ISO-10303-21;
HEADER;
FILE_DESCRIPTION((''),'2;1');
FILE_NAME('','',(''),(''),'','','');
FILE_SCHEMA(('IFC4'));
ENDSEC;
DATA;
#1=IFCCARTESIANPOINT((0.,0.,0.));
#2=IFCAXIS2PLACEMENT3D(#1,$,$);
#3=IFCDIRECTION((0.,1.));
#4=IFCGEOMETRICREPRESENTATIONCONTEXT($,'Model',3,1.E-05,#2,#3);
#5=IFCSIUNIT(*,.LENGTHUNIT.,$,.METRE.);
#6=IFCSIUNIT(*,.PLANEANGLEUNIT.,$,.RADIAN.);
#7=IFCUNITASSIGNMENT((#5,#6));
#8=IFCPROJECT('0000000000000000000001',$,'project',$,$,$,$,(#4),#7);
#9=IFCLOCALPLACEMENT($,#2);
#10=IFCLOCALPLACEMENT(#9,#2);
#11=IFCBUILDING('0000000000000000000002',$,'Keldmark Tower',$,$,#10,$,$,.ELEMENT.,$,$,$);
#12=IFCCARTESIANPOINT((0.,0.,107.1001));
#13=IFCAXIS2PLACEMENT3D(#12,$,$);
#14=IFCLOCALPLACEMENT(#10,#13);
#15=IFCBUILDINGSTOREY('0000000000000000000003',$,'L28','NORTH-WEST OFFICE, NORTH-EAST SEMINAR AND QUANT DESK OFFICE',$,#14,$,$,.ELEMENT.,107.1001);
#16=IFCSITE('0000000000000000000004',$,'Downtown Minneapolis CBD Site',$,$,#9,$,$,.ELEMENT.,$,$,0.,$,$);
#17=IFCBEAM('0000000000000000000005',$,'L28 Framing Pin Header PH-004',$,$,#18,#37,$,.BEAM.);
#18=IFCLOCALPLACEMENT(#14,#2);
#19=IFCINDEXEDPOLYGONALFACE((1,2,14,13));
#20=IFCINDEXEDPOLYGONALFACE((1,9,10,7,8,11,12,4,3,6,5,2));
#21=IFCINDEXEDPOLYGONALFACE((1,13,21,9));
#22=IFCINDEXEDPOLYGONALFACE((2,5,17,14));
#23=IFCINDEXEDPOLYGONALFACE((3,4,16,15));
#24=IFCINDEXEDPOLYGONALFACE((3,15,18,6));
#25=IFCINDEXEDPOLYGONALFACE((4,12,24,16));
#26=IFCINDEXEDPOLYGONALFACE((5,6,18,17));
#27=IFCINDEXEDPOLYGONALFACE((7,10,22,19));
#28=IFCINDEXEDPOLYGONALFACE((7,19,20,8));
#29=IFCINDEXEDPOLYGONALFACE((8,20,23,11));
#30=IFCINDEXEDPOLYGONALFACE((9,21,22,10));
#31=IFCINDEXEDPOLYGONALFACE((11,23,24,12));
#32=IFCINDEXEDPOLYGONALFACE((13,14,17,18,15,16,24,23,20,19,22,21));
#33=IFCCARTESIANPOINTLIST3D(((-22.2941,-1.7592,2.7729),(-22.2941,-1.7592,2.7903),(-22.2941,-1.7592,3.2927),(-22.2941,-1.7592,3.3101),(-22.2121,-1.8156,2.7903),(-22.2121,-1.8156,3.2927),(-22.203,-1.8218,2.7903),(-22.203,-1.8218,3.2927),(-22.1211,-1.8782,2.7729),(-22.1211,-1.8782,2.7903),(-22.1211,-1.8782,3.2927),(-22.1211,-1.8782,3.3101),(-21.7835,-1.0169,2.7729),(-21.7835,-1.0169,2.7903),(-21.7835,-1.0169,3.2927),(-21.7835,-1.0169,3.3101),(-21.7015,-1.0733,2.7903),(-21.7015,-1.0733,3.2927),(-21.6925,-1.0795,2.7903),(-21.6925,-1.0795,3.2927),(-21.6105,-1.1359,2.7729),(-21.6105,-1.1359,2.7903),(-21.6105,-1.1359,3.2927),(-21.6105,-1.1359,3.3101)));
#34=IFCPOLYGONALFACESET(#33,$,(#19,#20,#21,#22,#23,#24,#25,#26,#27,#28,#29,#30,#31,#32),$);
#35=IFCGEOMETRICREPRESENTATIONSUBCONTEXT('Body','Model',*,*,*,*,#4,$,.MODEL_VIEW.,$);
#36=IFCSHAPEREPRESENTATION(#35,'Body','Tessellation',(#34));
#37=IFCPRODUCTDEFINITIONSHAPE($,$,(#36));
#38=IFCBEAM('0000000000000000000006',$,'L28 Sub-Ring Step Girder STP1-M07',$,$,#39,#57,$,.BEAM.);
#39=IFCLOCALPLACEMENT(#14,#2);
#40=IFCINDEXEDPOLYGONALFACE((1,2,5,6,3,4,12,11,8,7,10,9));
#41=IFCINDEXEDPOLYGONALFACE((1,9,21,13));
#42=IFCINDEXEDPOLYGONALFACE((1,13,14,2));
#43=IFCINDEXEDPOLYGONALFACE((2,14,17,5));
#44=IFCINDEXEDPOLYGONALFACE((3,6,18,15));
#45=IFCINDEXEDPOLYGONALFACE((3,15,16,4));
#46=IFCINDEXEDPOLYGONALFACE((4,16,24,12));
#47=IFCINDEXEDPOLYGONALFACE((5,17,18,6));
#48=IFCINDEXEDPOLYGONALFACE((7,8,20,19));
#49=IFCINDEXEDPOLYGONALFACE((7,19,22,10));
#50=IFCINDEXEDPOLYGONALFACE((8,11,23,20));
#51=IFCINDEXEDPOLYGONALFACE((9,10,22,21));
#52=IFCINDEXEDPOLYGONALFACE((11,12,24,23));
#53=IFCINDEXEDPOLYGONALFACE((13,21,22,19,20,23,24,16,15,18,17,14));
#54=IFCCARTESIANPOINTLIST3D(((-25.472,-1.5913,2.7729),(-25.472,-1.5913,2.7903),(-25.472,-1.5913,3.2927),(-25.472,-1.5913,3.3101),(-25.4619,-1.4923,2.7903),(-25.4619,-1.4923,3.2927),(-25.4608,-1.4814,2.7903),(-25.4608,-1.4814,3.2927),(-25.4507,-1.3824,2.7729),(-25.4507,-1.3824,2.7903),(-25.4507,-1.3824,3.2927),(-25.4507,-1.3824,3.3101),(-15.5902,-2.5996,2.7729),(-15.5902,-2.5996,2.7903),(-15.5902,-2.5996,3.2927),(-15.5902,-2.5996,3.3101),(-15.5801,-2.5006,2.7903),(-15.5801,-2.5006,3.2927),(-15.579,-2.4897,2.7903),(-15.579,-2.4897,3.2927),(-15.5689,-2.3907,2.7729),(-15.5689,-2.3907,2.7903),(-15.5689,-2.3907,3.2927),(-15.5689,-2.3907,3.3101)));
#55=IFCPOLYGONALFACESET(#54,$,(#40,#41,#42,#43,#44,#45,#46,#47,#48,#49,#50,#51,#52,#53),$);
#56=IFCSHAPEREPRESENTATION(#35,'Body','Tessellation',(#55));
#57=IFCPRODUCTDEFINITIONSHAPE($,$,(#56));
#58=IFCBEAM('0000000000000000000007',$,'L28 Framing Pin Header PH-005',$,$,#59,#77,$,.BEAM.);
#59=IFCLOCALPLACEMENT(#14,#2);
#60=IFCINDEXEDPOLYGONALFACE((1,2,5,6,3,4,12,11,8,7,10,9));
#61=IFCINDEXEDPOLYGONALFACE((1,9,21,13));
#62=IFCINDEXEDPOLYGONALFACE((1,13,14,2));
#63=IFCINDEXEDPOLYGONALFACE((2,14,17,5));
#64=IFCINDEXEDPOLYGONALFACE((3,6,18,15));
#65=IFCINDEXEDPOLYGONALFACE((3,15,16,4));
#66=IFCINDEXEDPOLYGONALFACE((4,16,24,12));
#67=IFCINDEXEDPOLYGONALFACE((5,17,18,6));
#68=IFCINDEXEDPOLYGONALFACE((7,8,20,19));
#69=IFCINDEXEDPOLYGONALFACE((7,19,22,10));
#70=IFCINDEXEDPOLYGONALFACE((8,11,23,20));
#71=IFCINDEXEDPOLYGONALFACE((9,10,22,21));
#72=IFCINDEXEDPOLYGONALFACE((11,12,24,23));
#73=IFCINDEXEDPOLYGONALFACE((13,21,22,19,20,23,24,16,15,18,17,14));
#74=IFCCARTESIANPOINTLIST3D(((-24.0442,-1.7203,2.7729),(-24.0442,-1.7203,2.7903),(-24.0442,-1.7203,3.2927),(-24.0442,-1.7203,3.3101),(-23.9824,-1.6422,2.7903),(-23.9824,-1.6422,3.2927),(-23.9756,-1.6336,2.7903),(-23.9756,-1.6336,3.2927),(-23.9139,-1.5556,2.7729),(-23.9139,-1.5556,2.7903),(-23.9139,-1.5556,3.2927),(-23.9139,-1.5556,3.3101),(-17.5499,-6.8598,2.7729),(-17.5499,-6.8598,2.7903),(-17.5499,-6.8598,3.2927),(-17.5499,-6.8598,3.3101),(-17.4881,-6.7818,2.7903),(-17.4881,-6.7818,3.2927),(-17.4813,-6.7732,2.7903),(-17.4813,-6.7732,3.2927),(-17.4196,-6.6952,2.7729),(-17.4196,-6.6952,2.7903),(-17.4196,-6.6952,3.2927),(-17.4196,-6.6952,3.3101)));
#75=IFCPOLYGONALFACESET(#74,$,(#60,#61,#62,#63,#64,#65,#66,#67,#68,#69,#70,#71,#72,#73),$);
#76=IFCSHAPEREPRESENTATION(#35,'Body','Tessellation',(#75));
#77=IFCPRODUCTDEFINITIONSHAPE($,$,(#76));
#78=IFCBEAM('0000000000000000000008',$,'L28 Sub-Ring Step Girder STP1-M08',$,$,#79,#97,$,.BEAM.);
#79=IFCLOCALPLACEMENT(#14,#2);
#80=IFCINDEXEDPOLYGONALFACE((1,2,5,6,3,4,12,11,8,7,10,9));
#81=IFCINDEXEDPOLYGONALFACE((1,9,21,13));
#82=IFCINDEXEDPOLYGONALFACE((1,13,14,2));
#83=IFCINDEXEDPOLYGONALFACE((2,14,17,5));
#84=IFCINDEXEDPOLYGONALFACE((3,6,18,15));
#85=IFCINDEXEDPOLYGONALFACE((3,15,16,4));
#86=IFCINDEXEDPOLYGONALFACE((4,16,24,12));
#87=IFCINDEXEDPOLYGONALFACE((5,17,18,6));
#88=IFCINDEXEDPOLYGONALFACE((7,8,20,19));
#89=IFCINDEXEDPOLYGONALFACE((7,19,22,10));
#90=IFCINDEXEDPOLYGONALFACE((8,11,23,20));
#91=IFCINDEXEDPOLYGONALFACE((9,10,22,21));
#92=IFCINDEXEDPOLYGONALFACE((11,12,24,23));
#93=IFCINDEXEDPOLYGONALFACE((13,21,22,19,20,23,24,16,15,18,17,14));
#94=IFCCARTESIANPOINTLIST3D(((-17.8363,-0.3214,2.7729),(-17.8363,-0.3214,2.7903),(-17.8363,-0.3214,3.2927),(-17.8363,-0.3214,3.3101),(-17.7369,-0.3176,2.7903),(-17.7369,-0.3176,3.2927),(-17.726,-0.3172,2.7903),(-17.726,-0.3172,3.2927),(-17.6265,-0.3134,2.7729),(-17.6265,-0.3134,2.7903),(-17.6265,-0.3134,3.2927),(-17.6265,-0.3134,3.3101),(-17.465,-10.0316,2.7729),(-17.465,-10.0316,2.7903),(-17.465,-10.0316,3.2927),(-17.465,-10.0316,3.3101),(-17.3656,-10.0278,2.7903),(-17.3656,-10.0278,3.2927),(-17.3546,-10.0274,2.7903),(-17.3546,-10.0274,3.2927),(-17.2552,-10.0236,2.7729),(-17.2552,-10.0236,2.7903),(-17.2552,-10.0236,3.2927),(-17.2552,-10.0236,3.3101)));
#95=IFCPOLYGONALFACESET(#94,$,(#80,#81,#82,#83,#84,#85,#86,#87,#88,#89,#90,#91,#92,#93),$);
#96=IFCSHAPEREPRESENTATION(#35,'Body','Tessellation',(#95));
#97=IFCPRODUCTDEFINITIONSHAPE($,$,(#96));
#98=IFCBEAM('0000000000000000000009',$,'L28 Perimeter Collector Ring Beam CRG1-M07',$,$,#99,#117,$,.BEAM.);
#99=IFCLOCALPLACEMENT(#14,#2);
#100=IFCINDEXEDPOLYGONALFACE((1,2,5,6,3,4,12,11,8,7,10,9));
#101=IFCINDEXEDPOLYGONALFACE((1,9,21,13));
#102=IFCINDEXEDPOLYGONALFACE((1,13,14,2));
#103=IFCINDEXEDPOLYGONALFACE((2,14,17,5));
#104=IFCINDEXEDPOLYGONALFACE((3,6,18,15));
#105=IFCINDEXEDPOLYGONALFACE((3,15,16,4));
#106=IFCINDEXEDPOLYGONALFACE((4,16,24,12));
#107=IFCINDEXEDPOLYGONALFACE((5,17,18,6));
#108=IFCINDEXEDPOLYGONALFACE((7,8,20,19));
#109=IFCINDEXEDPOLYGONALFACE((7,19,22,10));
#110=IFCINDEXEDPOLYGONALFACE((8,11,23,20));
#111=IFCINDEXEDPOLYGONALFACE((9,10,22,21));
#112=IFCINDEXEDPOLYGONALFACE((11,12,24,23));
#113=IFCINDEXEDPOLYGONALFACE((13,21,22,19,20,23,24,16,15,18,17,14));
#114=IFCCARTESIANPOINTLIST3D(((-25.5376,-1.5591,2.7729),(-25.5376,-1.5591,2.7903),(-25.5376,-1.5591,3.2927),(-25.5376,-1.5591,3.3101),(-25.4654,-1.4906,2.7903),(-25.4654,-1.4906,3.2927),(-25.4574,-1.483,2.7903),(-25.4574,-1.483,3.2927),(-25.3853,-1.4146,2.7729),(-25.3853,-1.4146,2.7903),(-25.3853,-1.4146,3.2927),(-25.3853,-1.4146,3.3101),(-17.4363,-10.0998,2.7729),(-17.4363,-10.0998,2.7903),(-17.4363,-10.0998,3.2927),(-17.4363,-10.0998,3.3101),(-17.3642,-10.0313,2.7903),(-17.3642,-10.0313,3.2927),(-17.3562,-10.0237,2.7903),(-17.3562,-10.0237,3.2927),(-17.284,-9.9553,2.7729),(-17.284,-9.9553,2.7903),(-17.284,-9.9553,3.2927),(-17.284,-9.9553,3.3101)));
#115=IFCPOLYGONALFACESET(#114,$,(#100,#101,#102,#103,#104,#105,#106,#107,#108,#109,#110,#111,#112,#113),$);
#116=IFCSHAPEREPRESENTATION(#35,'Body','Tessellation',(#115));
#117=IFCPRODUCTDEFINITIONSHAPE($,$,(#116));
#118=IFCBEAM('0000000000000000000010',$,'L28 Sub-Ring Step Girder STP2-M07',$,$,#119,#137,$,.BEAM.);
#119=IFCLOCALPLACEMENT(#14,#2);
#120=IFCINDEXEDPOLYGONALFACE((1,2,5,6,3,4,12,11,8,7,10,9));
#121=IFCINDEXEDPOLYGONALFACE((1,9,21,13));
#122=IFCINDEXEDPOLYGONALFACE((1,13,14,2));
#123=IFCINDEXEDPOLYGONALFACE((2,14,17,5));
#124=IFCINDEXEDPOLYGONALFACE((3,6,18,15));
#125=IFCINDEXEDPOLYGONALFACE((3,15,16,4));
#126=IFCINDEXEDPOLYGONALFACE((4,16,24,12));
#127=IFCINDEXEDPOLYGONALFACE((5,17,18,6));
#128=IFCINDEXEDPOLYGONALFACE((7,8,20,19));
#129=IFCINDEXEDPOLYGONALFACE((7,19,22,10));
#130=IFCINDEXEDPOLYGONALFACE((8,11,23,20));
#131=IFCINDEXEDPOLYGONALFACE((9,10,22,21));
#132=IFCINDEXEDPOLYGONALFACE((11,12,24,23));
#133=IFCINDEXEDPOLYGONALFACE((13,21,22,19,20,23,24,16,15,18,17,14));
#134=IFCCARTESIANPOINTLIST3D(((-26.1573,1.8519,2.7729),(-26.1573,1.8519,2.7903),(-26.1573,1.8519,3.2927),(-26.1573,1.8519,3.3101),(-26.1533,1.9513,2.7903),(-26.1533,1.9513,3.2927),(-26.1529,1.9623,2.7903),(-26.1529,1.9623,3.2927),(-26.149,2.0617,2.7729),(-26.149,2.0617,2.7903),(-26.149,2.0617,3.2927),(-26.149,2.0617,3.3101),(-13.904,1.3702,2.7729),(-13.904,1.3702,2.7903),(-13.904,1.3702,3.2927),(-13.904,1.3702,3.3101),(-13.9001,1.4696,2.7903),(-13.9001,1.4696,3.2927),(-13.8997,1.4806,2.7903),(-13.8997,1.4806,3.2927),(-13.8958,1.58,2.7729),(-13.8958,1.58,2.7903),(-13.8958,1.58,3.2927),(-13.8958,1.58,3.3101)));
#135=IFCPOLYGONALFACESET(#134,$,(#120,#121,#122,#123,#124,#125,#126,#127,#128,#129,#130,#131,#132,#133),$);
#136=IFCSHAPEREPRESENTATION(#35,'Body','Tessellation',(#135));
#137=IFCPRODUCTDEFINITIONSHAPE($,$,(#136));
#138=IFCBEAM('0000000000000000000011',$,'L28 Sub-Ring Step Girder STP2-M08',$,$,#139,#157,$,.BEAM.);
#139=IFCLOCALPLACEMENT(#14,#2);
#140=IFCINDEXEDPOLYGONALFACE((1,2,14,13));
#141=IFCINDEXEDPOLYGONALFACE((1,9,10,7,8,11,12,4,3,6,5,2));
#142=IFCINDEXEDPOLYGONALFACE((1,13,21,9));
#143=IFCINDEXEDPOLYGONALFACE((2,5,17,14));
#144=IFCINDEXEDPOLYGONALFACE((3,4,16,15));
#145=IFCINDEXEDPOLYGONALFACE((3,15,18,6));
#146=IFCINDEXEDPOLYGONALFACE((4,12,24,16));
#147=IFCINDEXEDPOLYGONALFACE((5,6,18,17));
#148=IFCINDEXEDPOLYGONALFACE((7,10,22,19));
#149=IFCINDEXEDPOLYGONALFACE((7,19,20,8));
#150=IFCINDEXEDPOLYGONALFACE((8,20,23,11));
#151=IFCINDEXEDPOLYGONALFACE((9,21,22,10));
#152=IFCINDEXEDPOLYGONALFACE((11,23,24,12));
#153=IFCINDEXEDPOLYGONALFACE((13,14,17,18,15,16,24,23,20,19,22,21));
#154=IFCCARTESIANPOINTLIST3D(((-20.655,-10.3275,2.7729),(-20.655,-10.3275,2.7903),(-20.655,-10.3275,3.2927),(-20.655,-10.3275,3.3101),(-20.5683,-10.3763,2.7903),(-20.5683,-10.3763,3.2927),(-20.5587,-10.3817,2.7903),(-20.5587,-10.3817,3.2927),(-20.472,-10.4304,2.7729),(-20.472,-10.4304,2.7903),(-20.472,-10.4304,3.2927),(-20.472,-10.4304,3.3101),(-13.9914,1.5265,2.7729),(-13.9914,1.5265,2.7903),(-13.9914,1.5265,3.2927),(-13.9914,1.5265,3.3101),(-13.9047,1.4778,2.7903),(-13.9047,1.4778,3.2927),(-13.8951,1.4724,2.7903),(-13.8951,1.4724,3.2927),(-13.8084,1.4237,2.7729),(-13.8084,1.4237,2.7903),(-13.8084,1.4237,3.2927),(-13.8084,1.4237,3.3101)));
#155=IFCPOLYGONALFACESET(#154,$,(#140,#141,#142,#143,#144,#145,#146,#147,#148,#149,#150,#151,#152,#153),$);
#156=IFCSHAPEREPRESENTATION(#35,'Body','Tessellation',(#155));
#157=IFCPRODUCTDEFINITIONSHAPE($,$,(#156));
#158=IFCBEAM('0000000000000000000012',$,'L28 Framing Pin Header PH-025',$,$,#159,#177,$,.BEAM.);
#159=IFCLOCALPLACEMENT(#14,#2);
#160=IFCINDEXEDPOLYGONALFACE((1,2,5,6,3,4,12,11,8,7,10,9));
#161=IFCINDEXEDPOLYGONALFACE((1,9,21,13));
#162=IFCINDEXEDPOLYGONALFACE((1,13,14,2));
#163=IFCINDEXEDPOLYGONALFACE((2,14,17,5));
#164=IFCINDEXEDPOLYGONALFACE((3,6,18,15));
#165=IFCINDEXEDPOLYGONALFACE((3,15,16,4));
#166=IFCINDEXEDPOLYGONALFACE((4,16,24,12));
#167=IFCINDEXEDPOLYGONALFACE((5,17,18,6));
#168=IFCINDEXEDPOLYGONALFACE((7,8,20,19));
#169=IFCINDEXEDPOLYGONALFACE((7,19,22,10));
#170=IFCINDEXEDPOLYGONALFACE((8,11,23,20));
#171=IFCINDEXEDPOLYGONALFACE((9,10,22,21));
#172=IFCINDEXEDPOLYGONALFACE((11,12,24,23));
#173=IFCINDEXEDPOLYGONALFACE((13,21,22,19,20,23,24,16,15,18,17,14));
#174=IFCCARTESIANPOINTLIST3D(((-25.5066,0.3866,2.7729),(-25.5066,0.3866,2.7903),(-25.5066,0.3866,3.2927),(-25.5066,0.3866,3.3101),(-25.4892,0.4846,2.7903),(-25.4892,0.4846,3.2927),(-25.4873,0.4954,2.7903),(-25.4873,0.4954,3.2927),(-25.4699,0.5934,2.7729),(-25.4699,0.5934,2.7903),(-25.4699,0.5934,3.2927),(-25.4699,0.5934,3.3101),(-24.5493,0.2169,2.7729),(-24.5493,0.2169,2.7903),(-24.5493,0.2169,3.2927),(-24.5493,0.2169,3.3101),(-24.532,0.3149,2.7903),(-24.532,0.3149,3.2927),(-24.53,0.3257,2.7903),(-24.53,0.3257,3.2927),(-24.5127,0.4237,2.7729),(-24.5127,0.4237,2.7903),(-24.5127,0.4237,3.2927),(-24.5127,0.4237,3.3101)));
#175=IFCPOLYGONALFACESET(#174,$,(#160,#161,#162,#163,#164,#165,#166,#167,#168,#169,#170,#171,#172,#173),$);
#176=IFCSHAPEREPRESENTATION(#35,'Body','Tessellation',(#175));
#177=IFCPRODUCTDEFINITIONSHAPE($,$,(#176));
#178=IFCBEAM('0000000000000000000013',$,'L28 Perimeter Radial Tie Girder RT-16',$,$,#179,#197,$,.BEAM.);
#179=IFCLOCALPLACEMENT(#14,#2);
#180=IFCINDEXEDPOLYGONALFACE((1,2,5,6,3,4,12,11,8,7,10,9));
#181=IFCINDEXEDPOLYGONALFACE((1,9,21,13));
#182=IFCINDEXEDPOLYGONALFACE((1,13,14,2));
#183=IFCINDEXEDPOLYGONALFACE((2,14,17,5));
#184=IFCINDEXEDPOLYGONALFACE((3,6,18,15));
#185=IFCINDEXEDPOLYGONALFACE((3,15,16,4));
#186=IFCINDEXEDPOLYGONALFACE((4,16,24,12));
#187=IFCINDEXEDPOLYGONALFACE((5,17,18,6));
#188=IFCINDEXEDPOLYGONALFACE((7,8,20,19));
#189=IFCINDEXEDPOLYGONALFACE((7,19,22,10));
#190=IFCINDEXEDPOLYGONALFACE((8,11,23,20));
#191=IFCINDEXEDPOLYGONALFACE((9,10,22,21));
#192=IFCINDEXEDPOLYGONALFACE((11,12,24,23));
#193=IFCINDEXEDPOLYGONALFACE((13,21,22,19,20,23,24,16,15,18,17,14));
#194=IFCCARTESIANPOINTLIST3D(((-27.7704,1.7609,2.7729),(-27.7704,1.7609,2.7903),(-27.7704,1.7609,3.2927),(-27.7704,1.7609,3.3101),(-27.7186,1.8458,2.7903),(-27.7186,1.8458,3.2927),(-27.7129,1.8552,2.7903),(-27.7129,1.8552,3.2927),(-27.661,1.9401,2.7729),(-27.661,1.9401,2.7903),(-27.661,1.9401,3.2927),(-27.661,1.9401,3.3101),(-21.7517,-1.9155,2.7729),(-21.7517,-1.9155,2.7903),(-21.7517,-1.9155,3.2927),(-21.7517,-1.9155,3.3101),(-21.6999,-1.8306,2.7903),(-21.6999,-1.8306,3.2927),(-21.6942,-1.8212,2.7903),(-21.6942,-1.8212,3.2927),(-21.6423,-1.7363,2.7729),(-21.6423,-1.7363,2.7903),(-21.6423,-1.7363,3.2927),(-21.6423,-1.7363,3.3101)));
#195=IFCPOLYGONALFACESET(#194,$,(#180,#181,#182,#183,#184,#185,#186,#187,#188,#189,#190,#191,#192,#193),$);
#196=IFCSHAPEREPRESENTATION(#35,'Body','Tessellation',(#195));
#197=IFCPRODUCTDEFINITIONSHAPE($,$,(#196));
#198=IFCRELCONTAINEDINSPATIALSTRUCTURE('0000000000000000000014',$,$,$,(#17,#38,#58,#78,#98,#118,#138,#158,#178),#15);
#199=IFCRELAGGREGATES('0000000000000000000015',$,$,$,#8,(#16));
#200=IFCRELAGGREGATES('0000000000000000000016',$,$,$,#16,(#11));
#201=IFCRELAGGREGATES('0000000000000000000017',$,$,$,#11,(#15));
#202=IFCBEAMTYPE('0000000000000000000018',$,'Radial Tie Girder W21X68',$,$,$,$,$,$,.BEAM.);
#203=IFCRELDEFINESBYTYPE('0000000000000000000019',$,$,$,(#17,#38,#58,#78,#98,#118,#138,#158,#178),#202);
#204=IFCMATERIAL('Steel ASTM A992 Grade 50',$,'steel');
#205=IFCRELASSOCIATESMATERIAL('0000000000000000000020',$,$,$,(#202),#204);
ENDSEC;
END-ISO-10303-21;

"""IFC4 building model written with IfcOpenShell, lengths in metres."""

from ifc_helpers import new_model, si_unit, direction, frame, origin, origin_2d, place, context, subcontext, project, spatial, i_section, extrude, material, material_profile, profile_set, type_object, element, save


model = new_model("IFC4")

# Units and contexts
model_context = context("Model", 3, precision=1e-05, world=origin(), true_north=direction((0.0, 1.0)))
body_context = subcontext(model_context, "Body", "Model", "MODEL_VIEW")
ifc_project = project(units=[si_unit("LENGTHUNIT", "METRE"), si_unit("PLANEANGLEUNIT", "RADIAN")], contexts=[model_context])

# Site, building, storey
site_placement = place(None, origin())
site = spatial("IfcSite", under=ifc_project, at=site_placement, Name="Downtown Minneapolis CBD Site", CompositionType="ELEMENT", RefElevation=0.0)
building_placement = place(site_placement, origin())
building = spatial("IfcBuilding", under=site, at=building_placement, Name="Keldmark Tower", CompositionType="ELEMENT")
storey_placement = place(building_placement, frame((0.0, 0.0, 107.1001)))
storey = spatial("IfcBuildingStorey", under=building, at=storey_placement, Name="L28", Description="NORTH-WEST OFFICE, NORTH-EAST SEMINAR AND QUANT DESK OFFICE", CompositionType="ELEMENT", Elevation=107.1001)

# Beams
ifc_material_1 = material(Name="Steel ASTM A992 Grade 50", Category="steel")
ifc_material_profile_1 = material_profile(ifc_material_1, i_section(OverallWidth=0.21, OverallDepth=0.5371, WebThickness=0.011, FlangeThickness=0.0173, at=origin_2d()), Name="W21X68")
ifc_profile_set_1 = profile_set([ifc_material_profile_1], Name="Steel ASTM A992 Grade 50")
beam_type_1 = type_object("IfcBeamType", Name="Radial Tie Girder W21X68", PredefinedType="BEAM", material=ifc_profile_set_1)
beam_1_placement = place(storey_placement, frame((-21.697, -1.0764, 3.0415), z_axis=(-0.566713, -0.823915, 0.0), x_axis=(0.823915, -0.566713, 0.0)))
element("IfcBeam", 1, at=beam_1_placement, inside=storey, type_object=beam_type_1, Name="L28 Framing Pin Header PH-004", PredefinedType="BEAM", context=body_context, shape_type="SweptSolid", body=[
    extrude(i_section(OverallWidth=0.21, OverallDepth=0.5371, WebThickness=0.011, FlangeThickness=0.0173, at=origin_2d()), origin(), (0.0, 0.0, 1.0), 0.9009),
])
beam_2_placement = place(storey_placement, frame((-15.5796, -2.4951, 3.0415), z_axis=(-0.994835, 0.101509, 0.0), x_axis=(-0.101509, -0.994835, 0.0)))
element("IfcBeam", 2, at=beam_2_placement, inside=storey, type_object=beam_type_1, Name="L28 Sub-Ring Step Girder STP1-M07", PredefinedType="BEAM", context=body_context, shape_type="SweptSolid", body=[
    extrude(i_section(OverallWidth=0.21, OverallDepth=0.5371, WebThickness=0.011, FlangeThickness=0.0173, at=origin_2d()), origin(), (0.0, 0.0, 1.0), 9.9331),
])
beam_3_placement = place(storey_placement, frame((-23.979, -1.6379, 3.0415), z_axis=(0.784148, -0.620574, 0.0), x_axis=(0.620574, 0.784148, 0.0)))
element("IfcBeam", 3, at=beam_3_placement, inside=storey, type_object=beam_type_1, Name="L28 Framing Pin Header PH-005", PredefinedType="BEAM", context=body_context, shape_type="SweptSolid", body=[
    extrude(i_section(OverallWidth=0.21, OverallDepth=0.5371, WebThickness=0.011, FlangeThickness=0.0173, at=origin_2d()), origin(), (0.0, 0.0, 1.0), 8.282),
])
beam_4_placement = place(storey_placement, frame((-17.7314, -0.3174, 3.0415), z_axis=(0.038214, -0.99927, 0.0), x_axis=(0.99927, 0.038214, 0.0)))
element("IfcBeam", 4, at=beam_4_placement, inside=storey, type_object=beam_type_1, Name="L28 Sub-Ring Step Girder STP1-M08", PredefinedType="BEAM", context=body_context, shape_type="SweptSolid", body=[
    extrude(i_section(OverallWidth=0.21, OverallDepth=0.5371, WebThickness=0.011, FlangeThickness=0.0173, at=origin_2d()), origin(), (0.0, 0.0, 1.0), 9.7173),
])
beam_5_placement = place(storey_placement, frame((-25.4614, -1.4868, 3.0415), z_axis=(0.688195, -0.725526, 0.0), x_axis=(0.725526, 0.688195, 0.0)))
element("IfcBeam", 5, at=beam_5_placement, inside=storey, type_object=beam_type_1, Name="L28 Perimeter Collector Ring Beam CRG1-M07", PredefinedType="BEAM", context=body_context, shape_type="SweptSolid", body=[
    extrude(i_section(OverallWidth=0.21, OverallDepth=0.5371, WebThickness=0.011, FlangeThickness=0.0173, at=origin_2d()), origin(), (0.0, 0.0, 1.0), 11.7717),
])
beam_6_placement = place(storey_placement, frame((-13.8999, 1.4751, 3.0415), z_axis=(-0.999228, 0.039281, 0.0), x_axis=(-0.039281, -0.999228, 0.0)))
element("IfcBeam", 6, at=beam_6_placement, inside=storey, type_object=beam_type_1, Name="L28 Sub-Ring Step Girder STP2-M07", PredefinedType="BEAM", context=body_context, shape_type="SweptSolid", body=[
    extrude(i_section(OverallWidth=0.21, OverallDepth=0.5371, WebThickness=0.011, FlangeThickness=0.0173, at=origin_2d()), origin(), (0.0, 0.0, 1.0), 12.2627),
])
beam_7_placement = place(storey_placement, frame((-13.8999, 1.4751, 3.0415), z_axis=(-0.490021, -0.871711, 0.0), x_axis=(0.871711, -0.490021, 0.0)))
element("IfcBeam", 7, at=beam_7_placement, inside=storey, type_object=beam_type_1, Name="L28 Sub-Ring Step Girder STP2-M08", PredefinedType="BEAM", context=body_context, shape_type="SweptSolid", body=[
    extrude(i_section(OverallWidth=0.21, OverallDepth=0.5371, WebThickness=0.011, FlangeThickness=0.0173, at=origin_2d()), origin(), (0.0, 0.0, 1.0), 13.5986),
])
beam_8_placement = place(storey_placement, frame((-24.531, 0.3203, 3.0415), z_axis=(-0.984652, 0.17453, 0.0), x_axis=(-0.17453, -0.984652, 0.0)))
element("IfcBeam", 8, at=beam_8_placement, inside=storey, type_object=beam_type_1, Name="L28 Framing Pin Header PH-025", PredefinedType="BEAM", context=body_context, shape_type="SweptSolid", body=[
    extrude(i_section(OverallWidth=0.21, OverallDepth=0.5371, WebThickness=0.011, FlangeThickness=0.0173, at=origin_2d()), origin(), (0.0, 0.0, 1.0), 0.9722),
])
beam_9_placement = place(storey_placement, frame((-21.697, -1.8259, 3.0415), z_axis=(-0.853385, 0.521281, 0.0), x_axis=(-0.521281, -0.853385, 0.0)))
element("IfcBeam", 9, at=beam_9_placement, inside=storey, type_object=beam_type_1, Name="L28 Perimeter Radial Tie Girder RT-16", PredefinedType="BEAM", context=body_context, shape_type="SweptSolid", body=[
    extrude(i_section(OverallWidth=0.21, OverallDepth=0.5371, WebThickness=0.011, FlangeThickness=0.0173, at=origin_2d()), origin(), (0.0, 0.0, 1.0), 7.0527),
])

save(model, "model.ifc")
